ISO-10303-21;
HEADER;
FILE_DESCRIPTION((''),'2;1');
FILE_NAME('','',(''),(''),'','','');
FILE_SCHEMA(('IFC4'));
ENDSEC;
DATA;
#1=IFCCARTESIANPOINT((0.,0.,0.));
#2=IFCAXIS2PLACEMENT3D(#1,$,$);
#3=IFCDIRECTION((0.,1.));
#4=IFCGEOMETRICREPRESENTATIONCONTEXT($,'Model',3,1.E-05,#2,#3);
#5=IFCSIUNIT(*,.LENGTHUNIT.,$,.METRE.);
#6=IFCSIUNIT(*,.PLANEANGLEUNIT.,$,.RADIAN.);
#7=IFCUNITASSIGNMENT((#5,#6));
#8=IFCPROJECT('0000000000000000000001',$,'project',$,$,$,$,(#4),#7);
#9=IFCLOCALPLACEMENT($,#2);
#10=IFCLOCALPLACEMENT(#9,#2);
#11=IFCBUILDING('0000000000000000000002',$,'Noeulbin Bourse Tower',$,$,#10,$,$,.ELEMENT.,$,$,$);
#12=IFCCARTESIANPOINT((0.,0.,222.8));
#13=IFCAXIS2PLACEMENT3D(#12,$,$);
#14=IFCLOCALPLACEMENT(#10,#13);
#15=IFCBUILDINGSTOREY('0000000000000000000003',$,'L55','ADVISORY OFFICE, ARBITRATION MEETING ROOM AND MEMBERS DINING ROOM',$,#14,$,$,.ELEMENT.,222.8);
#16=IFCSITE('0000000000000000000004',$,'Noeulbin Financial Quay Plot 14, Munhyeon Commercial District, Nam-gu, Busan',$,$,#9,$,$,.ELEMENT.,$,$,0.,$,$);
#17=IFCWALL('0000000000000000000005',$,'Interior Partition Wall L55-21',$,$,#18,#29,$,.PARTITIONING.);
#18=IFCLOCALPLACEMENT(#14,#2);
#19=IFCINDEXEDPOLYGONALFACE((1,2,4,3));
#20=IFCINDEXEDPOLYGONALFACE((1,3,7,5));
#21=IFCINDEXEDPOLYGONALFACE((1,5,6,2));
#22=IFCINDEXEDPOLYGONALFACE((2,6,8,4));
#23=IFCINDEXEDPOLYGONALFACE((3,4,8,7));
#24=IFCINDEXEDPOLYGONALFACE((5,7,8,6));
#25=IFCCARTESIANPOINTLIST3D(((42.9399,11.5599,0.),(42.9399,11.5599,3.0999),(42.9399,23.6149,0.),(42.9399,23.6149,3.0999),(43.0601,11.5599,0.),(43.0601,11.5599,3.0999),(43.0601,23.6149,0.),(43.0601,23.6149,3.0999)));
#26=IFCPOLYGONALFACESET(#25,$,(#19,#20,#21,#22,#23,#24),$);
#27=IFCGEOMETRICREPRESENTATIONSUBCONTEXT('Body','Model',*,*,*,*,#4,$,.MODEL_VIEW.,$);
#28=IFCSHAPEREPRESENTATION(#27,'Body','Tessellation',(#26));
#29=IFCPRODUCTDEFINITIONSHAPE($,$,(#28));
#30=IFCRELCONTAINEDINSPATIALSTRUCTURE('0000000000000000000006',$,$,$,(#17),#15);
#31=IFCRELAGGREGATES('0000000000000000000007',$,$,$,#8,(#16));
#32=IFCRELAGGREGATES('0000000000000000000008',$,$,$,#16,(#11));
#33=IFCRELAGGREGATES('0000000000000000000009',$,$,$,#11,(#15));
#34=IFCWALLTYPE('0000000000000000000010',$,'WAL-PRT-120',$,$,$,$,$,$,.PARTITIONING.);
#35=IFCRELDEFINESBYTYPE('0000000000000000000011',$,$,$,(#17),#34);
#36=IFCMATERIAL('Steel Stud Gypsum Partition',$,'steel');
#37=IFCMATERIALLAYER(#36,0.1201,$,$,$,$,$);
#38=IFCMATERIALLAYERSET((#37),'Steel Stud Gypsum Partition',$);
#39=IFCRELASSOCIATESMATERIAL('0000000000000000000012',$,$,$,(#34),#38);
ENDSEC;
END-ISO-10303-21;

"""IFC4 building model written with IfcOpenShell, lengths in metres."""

from ifc_helpers import new_model, si_unit, direction, frame, frame_2d, origin, place, context, subcontext, project, spatial, rectangle, extrude, material, layer, layer_set, type_object, element, save


model = new_model("IFC4")

# Units and contexts
model_context = context("Model", 3, precision=1e-05, world=origin(), true_north=direction((0.0, 1.0)))
body_context = subcontext(model_context, "Body", "Model", "MODEL_VIEW")
ifc_project = project(units=[si_unit("LENGTHUNIT", "METRE"), si_unit("PLANEANGLEUNIT", "RADIAN")], contexts=[model_context])

# Site, building, storey
site_placement = place(None, origin())
site = spatial("IfcSite", under=ifc_project, at=site_placement, Name="Noeulbin Financial Quay Plot 14, Munhyeon Commercial District, Nam-gu, Busan", CompositionType="ELEMENT", RefElevation=0.0)
building_placement = place(site_placement, origin())
building = spatial("IfcBuilding", under=site, at=building_placement, Name="Noeulbin Bourse Tower", CompositionType="ELEMENT")
storey_placement = place(building_placement, frame((0.0, 0.0, 222.8)))
storey = spatial("IfcBuildingStorey", under=building, at=storey_placement, Name="L55", Description="ADVISORY OFFICE, ARBITRATION MEETING ROOM AND MEMBERS DINING ROOM", CompositionType="ELEMENT", Elevation=222.8)

# Wall
ifc_material_1 = material(Name="Steel Stud Gypsum Partition", Category="steel")
ifc_layer_1 = layer(ifc_material_1, 0.1201)
ifc_layer_set_1 = layer_set([ifc_layer_1], Name="Steel Stud Gypsum Partition")
wall_type_1 = type_object("IfcWallType", Name="WAL-PRT-120", PredefinedType="PARTITIONING", material=ifc_layer_set_1)
wall_placement = place(storey_placement, frame((43.0, 11.5601, 0.0), z_axis=(0.0, 0.0, 1.0), x_axis=(0.0, 1.0, 0.0)))
element("IfcWall", 1, at=wall_placement, inside=storey, type_object=wall_type_1, Name="Interior Partition Wall L55-21", PredefinedType="PARTITIONING", context=body_context, shape_type="SweptSolid", body=[
    extrude(rectangle(XDim=12.0549, YDim=0.1201, at=frame_2d((6.0273, 0.0))), origin(), (0.0, 0.0, 1.0), 3.0999),
])

save(model, "model.ifc")
